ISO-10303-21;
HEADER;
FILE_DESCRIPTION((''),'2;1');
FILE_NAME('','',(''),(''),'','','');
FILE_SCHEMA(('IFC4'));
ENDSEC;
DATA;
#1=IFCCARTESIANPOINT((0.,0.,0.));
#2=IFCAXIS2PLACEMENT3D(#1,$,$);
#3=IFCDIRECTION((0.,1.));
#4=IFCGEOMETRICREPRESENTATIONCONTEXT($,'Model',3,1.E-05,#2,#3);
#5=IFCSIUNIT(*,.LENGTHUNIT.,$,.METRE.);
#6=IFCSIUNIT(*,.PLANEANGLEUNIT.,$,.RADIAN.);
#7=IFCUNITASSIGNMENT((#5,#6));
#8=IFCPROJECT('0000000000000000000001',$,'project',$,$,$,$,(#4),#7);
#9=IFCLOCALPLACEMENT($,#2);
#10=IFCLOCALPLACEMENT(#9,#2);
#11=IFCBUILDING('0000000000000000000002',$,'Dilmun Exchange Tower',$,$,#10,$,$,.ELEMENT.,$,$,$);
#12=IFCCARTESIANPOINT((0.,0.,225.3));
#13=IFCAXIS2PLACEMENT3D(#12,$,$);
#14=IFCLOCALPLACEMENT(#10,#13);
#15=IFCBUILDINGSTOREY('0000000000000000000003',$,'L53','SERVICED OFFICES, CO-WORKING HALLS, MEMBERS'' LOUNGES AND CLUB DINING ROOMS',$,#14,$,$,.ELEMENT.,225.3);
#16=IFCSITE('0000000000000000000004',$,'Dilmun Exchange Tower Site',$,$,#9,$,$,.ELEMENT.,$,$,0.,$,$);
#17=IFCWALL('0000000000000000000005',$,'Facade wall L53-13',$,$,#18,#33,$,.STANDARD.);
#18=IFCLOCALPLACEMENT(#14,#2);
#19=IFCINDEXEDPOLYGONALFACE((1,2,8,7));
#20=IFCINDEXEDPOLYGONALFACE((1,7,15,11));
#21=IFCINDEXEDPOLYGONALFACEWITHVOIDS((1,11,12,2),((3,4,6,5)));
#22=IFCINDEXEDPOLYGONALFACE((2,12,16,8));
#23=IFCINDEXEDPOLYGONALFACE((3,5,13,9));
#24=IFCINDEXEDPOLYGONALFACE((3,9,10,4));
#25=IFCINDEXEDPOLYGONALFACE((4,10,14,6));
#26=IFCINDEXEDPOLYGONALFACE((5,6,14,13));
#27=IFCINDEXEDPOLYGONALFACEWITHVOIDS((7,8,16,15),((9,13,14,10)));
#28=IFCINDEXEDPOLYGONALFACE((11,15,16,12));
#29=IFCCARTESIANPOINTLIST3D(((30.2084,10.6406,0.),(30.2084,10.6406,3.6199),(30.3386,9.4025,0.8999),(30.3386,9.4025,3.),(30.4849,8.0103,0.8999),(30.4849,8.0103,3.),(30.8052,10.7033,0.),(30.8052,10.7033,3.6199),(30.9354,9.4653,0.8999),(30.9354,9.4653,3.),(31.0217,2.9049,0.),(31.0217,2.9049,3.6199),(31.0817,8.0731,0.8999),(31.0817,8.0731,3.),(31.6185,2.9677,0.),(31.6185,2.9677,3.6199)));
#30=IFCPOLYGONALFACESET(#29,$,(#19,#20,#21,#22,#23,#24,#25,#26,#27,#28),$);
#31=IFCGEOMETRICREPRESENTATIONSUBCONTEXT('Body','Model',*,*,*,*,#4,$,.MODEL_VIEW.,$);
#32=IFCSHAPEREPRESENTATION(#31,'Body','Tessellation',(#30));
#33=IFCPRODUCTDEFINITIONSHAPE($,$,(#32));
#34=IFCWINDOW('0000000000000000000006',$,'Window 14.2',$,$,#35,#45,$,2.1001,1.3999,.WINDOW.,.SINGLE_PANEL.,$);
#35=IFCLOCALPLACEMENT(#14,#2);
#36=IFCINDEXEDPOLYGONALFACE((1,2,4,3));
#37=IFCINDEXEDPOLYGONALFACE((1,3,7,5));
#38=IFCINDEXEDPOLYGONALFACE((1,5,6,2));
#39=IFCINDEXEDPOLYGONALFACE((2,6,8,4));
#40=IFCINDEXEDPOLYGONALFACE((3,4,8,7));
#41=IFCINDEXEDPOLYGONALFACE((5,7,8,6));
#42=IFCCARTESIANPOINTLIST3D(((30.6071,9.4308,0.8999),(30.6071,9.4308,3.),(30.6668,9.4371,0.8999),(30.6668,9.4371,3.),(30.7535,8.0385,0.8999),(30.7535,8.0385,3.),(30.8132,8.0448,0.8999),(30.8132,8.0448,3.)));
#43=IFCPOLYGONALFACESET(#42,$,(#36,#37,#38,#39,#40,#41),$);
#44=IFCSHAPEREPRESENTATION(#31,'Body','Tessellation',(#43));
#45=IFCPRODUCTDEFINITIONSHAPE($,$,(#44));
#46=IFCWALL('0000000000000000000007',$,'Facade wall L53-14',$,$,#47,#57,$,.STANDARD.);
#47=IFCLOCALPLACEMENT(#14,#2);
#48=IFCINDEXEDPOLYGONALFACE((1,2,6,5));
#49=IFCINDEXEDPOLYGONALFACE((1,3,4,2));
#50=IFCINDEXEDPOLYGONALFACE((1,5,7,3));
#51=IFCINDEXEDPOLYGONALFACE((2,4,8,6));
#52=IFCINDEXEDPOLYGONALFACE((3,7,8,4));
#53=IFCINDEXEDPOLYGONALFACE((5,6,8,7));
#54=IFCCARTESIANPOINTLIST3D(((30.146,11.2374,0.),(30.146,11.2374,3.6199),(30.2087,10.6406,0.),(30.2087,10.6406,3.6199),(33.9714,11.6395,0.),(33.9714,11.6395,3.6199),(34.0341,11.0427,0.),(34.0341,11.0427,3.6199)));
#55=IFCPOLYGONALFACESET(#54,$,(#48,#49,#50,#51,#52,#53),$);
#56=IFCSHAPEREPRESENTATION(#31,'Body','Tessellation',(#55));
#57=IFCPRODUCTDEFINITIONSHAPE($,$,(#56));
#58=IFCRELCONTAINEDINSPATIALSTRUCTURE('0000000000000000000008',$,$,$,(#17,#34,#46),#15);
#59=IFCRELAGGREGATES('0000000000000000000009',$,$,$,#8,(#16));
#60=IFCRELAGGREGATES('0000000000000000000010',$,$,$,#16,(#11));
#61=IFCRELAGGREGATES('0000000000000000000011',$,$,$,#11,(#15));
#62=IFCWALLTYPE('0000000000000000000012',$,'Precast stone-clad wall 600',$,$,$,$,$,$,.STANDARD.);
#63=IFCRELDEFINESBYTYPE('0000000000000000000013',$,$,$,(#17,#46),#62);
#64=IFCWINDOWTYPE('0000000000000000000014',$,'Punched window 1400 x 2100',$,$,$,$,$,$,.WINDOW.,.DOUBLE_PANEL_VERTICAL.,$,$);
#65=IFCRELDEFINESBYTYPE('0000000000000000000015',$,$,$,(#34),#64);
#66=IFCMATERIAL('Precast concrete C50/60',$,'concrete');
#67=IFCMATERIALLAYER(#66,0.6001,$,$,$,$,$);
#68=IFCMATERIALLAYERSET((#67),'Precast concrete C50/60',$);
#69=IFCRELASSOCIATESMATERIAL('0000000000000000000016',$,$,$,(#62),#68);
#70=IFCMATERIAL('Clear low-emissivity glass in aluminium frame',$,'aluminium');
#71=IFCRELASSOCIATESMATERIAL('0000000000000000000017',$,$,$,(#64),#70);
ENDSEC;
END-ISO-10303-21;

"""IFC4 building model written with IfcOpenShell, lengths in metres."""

from ifc_helpers import new_model, si_unit, direction, frame, frame_2d, origin, place, context, subcontext, project, spatial, rectangle, extrude, material, layer, layer_set, type_object, element, fill, save


model = new_model("IFC4")

# Units and contexts
model_context = context("Model", 3, precision=1e-05, world=origin(), true_north=direction((0.0, 1.0)))
body_context = subcontext(model_context, "Body", "Model", "MODEL_VIEW")
ifc_project = project(units=[si_unit("LENGTHUNIT", "METRE"), si_unit("PLANEANGLEUNIT", "RADIAN")], contexts=[model_context])

# Site, building, storey
site_placement = place(None, origin())
site = spatial("IfcSite", under=ifc_project, at=site_placement, Name="Dilmun Exchange Tower Site", CompositionType="ELEMENT", RefElevation=0.0)
building_placement = place(site_placement, origin())
building = spatial("IfcBuilding", under=site, at=building_placement, Name="Dilmun Exchange Tower", CompositionType="ELEMENT")
storey_placement = place(building_placement, frame((0.0, 0.0, 225.3)))
storey = spatial("IfcBuildingStorey", under=building, at=storey_placement, Name="L53", Description="SERVICED OFFICES, CO-WORKING HALLS, MEMBERS' LOUNGES AND CLUB DINING ROOMS", CompositionType="ELEMENT", Elevation=225.3)

# Shared definitions
ifc_material_1 = material(Name="Precast concrete C50/60", Category="concrete")
ifc_layer_1 = layer(ifc_material_1, 0.6001)
ifc_layer_set_1 = layer_set([ifc_layer_1], Name="Precast concrete C50/60")
wall_type_1 = type_object("IfcWallType", Name="Precast stone-clad wall 600", PredefinedType="STANDARD", material=ifc_layer_set_1)

# Wall, opening, window
wall_1_placement = place(storey_placement, frame((31.3201, 2.9363, 0.0), z_axis=(0.0, 0.0, 1.0), x_axis=(-0.104552, 0.994519, 0.0)))
wall_1 = element("IfcWall", 1, at=wall_1_placement, inside=storey, type_object=wall_type_1, Name="Facade wall L53-13", PredefinedType="STANDARD", context=body_context, shape_type="SweptSolid", body=[
    extrude(rectangle(XDim=7.7783, YDim=0.6001, at=frame_2d((3.8892, 0.0))), origin(), (0.0, 0.0, 1.0), 3.6199),
])
opening_1_placement = place(wall_1_placement, frame((5.1335, 0.0, 0.8999)))
opening_1 = element("IfcOpeningElement", 2, at=opening_1_placement, cuts=wall_1, PredefinedType="OPENING", context=body_context, shape_type="SweptSolid", body=[
    extrude(rectangle(XDim=1.3999, YDim=2.1001, at=frame_2d((0.7, 1.05))), frame((0.0, 0.3101, 0.0), z_axis=(0.0, -1.0, 0.0), x_axis=(1.0, 0.0, 0.0)), (0.0, 0.0, 1.0), 0.6201),
])
ifc_material_2 = material(Name="Clear low-emissivity glass in aluminium frame", Category="aluminium")
window_type_1 = type_object("IfcWindowType", Name="Punched window 1400 x 2100", PartitioningType="DOUBLE_PANEL_VERTICAL", PredefinedType="WINDOW", material=ifc_material_2)
window_1_placement = place(opening_1_placement, origin())
window_1 = element("IfcWindow", 3, at=window_1_placement, inside=storey, type_object=window_type_1, Name="Window 14.2", OverallHeight=2.1001, OverallWidth=1.3999, PartitioningType="SINGLE_PANEL", PredefinedType="WINDOW", context=body_context, shape_type="SweptSolid", body=[
    extrude(rectangle(XDim=1.3999, YDim=2.1001, at=frame_2d((0.7, 1.05))), frame((0.0, 0.03, 0.0), z_axis=(0.0, -1.0, 0.0), x_axis=(1.0, 0.0, 0.0)), (0.0, 0.0, 1.0), 0.0601),
])
fill(opening_1, window_1)

# Wall
wall_2_placement = place(storey_placement, frame((30.1772, 10.939, 0.0), z_axis=(0.0, 0.0, 1.0), x_axis=(0.994521, 0.104536, 0.0)))
element("IfcWall", 4, at=wall_2_placement, inside=storey, type_object=wall_type_1, Name="Facade wall L53-14", PredefinedType="STANDARD", context=body_context, shape_type="SweptSolid", body=[
    extrude(rectangle(XDim=3.8464, YDim=0.6001, at=frame_2d((1.9233, 0.0))), origin(), (0.0, 0.0, 1.0), 3.6199),
])

save(model, "model.ifc")
